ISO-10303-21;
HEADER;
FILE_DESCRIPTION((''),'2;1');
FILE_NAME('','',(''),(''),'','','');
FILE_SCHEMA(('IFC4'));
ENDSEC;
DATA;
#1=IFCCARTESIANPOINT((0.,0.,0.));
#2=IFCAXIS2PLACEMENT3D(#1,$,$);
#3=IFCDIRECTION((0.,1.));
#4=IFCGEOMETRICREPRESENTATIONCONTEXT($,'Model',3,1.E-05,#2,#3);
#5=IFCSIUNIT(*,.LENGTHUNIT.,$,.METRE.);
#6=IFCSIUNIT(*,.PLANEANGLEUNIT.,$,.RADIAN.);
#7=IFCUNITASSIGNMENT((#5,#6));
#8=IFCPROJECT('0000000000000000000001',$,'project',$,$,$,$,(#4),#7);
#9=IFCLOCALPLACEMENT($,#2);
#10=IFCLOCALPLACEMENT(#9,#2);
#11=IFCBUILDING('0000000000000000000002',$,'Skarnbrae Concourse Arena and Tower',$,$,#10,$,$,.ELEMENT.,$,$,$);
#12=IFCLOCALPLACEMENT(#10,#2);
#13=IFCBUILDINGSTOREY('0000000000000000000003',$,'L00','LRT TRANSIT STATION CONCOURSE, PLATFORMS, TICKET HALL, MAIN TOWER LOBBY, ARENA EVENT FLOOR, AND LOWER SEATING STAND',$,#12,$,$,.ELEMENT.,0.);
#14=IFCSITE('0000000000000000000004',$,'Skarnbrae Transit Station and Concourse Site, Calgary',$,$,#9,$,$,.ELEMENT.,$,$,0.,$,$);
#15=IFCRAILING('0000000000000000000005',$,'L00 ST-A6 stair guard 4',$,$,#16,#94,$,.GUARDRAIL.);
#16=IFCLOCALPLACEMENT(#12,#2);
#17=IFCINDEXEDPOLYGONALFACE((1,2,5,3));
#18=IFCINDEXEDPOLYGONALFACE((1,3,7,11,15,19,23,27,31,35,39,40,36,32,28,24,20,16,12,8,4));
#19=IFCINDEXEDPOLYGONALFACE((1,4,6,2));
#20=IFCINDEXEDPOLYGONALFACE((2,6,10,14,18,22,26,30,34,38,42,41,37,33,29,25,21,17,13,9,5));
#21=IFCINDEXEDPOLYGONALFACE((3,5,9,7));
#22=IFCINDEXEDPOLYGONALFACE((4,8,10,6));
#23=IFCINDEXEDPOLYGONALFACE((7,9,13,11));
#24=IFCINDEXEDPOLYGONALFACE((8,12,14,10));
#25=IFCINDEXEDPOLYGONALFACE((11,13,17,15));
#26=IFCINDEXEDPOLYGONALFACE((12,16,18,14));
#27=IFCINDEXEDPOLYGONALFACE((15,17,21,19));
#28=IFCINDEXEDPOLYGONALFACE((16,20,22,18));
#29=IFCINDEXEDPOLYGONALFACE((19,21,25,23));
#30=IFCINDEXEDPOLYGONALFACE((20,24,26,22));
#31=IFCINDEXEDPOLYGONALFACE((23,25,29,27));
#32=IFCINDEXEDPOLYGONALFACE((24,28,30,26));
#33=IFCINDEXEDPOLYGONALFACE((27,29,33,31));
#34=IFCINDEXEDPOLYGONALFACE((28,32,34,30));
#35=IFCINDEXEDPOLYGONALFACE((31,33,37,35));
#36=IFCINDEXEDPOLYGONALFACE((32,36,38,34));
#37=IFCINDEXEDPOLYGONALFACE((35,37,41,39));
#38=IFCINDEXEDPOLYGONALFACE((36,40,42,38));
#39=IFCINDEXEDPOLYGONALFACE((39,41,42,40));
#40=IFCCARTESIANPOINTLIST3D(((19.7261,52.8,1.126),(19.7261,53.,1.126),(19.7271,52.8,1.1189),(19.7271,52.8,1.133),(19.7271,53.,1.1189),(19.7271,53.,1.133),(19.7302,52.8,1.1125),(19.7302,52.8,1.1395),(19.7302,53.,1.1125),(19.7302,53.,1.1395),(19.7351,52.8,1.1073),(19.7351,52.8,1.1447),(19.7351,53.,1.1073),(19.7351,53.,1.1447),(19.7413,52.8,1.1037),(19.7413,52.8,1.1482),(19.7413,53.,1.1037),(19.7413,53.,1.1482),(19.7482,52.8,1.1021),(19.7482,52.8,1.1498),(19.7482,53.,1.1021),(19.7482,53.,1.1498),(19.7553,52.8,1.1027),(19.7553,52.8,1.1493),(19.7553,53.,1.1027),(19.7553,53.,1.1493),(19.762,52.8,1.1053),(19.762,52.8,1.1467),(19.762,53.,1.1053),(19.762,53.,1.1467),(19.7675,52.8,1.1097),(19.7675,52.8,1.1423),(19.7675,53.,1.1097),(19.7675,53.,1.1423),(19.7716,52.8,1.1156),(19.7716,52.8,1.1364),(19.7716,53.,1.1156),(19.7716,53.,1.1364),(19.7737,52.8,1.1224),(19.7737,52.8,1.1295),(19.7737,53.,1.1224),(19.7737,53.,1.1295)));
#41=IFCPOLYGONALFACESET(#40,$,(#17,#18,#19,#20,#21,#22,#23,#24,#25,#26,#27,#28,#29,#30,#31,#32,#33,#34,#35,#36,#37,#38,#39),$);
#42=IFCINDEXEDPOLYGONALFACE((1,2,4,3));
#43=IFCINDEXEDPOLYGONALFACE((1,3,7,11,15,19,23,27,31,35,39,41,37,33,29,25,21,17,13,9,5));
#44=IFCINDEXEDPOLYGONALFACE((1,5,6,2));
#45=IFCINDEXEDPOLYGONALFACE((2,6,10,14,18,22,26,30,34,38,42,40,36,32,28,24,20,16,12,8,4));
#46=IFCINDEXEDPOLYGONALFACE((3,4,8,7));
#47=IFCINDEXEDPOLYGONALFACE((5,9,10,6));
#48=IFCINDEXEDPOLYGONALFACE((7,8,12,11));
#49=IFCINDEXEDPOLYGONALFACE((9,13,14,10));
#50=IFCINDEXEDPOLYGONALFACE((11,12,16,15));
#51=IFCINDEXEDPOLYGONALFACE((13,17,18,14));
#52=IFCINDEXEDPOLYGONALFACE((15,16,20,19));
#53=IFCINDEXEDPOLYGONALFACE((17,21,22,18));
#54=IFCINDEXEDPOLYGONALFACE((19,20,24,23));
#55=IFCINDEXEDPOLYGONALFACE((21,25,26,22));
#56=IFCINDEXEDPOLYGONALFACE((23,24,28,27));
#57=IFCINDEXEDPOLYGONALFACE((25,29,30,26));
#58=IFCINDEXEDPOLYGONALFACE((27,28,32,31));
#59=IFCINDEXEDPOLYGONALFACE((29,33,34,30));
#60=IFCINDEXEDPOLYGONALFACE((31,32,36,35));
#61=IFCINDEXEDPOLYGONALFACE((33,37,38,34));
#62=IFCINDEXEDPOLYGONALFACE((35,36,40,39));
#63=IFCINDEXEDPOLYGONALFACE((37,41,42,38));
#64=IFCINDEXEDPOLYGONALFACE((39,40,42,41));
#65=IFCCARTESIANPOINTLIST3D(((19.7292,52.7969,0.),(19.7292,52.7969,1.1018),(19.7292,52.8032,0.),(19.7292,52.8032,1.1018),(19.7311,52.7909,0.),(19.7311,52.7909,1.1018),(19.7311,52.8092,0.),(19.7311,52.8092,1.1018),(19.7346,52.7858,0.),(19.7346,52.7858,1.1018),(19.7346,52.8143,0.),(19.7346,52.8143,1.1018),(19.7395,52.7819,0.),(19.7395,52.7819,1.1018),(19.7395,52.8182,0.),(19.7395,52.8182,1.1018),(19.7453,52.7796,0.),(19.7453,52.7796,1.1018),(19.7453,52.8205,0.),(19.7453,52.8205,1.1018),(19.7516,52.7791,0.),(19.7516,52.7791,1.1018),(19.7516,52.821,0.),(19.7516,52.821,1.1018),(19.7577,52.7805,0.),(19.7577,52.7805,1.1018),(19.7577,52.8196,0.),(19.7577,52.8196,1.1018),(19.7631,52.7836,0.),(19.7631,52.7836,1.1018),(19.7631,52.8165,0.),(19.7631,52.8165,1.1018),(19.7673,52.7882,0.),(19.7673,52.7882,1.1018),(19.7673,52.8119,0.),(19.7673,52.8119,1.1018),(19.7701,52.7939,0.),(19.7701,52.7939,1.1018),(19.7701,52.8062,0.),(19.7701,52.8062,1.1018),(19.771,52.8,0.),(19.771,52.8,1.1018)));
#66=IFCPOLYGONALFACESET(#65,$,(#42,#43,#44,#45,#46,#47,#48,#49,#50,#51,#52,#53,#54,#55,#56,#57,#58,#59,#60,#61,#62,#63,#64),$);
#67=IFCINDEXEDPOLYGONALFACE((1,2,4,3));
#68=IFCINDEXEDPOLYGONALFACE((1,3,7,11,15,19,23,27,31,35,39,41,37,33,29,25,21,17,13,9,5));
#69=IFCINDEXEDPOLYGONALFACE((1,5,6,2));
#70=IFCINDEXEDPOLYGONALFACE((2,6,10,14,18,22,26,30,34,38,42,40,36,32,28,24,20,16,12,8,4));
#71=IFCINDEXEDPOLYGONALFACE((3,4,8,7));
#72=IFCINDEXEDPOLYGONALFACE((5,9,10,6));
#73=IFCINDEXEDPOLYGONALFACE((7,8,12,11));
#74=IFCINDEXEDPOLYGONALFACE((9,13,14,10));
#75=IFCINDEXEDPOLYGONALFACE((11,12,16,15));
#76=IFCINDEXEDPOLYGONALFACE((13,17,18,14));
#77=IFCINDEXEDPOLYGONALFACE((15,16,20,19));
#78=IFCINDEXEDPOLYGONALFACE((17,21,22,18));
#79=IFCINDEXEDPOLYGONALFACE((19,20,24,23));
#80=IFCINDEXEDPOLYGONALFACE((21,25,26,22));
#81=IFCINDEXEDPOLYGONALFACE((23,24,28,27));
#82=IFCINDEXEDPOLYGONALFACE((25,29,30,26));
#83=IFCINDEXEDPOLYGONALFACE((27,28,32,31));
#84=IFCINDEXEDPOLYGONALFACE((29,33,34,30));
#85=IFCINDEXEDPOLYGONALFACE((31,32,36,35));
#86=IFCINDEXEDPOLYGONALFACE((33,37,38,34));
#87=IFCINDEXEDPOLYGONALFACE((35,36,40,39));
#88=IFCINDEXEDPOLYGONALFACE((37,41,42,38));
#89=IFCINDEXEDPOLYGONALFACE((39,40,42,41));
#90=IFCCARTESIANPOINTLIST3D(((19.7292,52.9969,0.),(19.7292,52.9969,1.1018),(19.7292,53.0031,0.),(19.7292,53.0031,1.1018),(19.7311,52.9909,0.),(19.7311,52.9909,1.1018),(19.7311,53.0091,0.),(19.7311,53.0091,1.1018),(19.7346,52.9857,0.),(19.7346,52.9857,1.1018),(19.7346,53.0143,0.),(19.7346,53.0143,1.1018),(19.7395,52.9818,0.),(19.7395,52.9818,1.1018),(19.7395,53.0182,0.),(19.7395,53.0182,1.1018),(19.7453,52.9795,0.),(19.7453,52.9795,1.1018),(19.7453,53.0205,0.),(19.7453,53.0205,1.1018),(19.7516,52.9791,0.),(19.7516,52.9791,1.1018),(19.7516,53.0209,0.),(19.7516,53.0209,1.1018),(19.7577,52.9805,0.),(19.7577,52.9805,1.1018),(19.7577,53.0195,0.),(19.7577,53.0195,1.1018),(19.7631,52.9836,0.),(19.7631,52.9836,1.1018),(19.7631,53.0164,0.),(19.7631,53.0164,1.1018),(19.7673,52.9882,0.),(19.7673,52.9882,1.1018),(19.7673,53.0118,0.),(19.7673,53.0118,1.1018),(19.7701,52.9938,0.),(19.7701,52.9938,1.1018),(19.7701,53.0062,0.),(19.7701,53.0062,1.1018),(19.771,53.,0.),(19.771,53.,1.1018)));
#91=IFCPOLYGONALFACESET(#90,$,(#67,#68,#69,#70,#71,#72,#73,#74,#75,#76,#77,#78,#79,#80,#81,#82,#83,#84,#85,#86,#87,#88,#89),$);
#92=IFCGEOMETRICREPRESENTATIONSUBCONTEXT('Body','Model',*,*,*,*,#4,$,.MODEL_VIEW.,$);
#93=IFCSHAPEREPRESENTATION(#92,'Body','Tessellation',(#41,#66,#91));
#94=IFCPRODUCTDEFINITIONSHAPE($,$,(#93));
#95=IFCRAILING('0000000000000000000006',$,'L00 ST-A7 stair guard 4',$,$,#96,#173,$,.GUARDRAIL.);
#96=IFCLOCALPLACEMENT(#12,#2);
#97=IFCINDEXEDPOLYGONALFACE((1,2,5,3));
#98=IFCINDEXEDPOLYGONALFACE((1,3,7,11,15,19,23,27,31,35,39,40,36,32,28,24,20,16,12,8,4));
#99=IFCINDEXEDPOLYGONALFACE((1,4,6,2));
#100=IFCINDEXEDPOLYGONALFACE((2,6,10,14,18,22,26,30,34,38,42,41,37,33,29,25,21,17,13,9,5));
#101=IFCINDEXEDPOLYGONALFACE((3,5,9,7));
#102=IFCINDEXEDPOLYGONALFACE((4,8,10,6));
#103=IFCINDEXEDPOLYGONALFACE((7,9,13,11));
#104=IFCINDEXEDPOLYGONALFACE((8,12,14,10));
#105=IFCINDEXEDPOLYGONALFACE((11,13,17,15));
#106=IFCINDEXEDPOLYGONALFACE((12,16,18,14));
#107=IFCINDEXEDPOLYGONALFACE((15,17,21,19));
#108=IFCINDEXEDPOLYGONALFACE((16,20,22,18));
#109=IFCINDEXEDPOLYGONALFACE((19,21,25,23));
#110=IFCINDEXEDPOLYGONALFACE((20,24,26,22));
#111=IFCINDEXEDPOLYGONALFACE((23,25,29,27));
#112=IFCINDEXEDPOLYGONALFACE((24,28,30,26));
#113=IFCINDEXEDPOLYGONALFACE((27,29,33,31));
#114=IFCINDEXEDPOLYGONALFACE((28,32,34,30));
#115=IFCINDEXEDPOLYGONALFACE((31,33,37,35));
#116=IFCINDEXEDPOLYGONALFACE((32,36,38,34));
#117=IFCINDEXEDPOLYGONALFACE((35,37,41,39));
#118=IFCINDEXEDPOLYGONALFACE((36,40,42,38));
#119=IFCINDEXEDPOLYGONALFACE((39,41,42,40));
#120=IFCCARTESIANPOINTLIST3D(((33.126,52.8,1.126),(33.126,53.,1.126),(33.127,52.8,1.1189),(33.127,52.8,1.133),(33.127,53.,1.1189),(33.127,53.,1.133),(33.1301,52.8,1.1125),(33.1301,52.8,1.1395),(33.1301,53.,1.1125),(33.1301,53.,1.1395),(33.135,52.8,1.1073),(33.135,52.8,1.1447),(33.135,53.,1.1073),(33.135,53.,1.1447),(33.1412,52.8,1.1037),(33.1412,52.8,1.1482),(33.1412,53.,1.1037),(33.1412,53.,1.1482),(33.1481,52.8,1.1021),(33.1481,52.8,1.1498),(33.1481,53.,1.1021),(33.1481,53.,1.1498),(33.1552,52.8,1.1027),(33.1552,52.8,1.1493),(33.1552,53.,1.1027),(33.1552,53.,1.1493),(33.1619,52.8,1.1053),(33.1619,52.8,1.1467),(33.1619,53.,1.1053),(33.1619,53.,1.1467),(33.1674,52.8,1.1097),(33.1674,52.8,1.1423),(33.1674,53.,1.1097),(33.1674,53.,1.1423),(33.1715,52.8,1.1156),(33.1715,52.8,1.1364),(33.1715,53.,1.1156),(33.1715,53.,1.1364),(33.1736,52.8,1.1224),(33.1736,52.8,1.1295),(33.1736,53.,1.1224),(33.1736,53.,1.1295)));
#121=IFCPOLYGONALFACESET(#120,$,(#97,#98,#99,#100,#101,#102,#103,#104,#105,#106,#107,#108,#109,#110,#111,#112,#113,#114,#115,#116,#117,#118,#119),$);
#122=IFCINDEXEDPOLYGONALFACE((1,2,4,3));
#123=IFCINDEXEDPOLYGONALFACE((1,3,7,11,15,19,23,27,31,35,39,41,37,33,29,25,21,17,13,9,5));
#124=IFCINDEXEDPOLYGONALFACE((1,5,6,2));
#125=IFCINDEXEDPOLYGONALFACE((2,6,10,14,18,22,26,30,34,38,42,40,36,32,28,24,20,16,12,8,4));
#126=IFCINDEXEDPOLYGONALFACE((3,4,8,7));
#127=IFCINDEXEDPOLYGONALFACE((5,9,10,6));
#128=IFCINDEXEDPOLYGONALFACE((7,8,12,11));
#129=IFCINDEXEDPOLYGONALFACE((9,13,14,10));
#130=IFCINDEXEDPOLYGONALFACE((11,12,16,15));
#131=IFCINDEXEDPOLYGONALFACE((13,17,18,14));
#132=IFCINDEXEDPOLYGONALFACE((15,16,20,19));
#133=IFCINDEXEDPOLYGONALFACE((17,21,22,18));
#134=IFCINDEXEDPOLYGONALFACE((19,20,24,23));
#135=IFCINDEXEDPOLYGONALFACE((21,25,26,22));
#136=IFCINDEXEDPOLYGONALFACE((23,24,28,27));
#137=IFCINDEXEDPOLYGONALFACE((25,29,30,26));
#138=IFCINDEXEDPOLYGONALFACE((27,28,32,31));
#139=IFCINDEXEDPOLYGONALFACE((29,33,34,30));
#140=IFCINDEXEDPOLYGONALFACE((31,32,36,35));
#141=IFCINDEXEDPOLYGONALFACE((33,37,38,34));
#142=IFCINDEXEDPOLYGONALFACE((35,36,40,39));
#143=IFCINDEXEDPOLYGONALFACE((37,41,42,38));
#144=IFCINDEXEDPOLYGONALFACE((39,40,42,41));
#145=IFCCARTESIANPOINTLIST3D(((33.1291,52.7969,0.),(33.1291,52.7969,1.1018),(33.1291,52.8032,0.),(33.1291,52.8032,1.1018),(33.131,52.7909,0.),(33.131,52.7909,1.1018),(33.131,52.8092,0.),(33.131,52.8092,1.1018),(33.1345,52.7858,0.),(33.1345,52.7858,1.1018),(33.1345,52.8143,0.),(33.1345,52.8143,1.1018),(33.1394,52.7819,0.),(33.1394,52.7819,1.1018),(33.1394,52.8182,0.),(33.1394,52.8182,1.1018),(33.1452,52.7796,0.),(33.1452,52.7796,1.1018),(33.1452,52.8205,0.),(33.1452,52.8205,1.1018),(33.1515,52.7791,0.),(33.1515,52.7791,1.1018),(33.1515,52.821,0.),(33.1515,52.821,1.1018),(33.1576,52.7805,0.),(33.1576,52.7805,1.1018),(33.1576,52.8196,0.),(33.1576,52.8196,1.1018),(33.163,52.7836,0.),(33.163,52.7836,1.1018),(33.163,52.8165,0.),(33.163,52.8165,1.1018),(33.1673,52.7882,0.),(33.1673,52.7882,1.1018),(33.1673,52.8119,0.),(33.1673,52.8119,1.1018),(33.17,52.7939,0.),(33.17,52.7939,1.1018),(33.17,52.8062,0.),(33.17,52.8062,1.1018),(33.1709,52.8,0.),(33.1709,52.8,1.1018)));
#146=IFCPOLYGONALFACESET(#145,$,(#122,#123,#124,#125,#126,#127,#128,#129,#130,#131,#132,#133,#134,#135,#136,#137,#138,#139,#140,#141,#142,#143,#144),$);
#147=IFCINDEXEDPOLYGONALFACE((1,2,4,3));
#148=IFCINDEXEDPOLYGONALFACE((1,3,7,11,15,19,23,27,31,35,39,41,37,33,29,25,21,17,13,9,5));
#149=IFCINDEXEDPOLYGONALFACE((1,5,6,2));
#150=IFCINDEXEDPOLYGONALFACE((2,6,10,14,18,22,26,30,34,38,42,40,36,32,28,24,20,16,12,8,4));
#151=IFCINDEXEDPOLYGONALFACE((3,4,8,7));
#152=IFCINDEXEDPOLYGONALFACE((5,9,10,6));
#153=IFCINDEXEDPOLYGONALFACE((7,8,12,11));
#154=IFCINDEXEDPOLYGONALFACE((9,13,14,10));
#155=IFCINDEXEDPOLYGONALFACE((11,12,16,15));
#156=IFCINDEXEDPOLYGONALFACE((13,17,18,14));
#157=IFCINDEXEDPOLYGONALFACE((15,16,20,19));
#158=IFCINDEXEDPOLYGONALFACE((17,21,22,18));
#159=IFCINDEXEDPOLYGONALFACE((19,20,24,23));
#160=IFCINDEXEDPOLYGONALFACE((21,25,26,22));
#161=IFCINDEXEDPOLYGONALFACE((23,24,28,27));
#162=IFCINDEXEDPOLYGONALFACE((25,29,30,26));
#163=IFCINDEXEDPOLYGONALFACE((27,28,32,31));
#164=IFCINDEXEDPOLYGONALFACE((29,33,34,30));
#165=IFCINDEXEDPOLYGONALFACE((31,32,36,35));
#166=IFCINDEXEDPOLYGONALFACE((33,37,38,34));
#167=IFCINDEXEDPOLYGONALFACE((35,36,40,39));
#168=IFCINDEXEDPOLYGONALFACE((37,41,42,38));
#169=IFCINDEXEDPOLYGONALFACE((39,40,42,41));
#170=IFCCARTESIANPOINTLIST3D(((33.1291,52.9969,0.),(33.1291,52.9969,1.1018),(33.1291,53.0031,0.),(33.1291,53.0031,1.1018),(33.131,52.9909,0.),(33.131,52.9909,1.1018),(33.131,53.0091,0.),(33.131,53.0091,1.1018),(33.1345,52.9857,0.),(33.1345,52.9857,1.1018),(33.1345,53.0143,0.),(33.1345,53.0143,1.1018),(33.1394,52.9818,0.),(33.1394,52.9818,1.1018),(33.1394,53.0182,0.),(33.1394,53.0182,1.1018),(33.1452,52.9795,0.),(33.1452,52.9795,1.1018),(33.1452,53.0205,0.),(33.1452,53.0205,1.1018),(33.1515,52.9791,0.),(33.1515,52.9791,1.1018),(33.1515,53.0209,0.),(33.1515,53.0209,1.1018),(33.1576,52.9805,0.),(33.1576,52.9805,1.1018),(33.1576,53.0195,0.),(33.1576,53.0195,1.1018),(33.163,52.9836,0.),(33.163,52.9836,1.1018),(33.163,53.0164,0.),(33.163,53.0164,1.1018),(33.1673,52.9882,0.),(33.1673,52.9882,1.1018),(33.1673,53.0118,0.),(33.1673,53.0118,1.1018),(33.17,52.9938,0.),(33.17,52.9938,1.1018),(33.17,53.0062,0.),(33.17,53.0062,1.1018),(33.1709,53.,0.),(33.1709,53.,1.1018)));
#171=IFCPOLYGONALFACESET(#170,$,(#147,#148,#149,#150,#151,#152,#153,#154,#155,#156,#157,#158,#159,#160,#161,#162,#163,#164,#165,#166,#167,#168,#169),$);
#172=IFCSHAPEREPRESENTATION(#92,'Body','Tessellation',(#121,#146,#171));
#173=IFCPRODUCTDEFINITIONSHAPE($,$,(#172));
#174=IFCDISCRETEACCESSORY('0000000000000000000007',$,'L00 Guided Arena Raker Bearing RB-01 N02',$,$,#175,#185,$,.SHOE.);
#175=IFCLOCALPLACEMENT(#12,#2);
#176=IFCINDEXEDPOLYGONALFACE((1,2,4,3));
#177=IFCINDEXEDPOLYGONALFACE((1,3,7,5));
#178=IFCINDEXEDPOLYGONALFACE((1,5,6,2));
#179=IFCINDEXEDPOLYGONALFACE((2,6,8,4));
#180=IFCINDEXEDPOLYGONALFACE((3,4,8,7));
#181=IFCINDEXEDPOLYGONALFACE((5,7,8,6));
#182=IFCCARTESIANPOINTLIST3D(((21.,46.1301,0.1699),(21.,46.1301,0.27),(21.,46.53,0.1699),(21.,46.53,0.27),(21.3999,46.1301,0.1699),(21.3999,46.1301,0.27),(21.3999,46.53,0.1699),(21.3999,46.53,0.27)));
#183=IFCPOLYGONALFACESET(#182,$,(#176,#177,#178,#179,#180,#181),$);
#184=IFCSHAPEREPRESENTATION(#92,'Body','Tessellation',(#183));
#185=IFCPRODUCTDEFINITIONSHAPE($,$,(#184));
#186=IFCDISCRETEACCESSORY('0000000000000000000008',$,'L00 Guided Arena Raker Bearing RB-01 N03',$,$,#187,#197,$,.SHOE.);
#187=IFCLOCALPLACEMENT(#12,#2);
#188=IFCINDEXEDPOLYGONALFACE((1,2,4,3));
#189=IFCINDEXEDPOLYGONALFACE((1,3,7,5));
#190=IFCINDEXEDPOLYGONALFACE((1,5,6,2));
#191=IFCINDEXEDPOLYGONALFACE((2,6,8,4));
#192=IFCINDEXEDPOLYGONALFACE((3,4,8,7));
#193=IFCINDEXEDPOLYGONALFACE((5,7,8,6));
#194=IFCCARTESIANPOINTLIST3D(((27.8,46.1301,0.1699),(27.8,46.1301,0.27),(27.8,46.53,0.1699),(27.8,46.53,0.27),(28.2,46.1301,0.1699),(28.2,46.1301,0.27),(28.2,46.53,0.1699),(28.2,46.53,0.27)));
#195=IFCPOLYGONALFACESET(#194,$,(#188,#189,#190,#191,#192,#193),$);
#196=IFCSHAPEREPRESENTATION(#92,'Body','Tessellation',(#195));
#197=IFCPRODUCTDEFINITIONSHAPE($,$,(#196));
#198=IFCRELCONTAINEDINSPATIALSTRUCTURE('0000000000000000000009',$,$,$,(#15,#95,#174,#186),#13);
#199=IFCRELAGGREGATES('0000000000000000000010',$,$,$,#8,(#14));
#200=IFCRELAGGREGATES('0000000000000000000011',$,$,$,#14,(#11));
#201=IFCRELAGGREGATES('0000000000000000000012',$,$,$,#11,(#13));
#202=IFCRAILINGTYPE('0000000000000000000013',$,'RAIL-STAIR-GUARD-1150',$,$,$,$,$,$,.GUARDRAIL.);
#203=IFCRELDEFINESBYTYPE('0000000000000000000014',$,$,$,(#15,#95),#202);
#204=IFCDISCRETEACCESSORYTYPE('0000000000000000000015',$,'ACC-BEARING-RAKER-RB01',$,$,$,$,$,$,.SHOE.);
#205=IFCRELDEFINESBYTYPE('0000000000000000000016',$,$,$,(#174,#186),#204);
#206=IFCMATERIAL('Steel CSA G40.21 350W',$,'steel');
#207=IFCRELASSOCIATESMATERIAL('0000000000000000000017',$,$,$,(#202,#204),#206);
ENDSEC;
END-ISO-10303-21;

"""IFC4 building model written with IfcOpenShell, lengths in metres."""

from ifc_helpers import new_model, si_unit, direction, frame, origin, origin_2d, place, context, subcontext, project, spatial, rectangle, circle, extrude, source, transform, mapped, material, type_object, element, save


model = new_model("IFC4")

# Units and contexts
model_context = context("Model", 3, precision=1e-05, world=origin(), true_north=direction((0.0, 1.0)))
body_context = subcontext(model_context, "Body", "Model", "MODEL_VIEW")
ifc_project = project(units=[si_unit("LENGTHUNIT", "METRE"), si_unit("PLANEANGLEUNIT", "RADIAN")], contexts=[model_context])

# Site, building, storey
site_placement = place(None, origin())
site = spatial("IfcSite", under=ifc_project, at=site_placement, Name="Skarnbrae Transit Station and Concourse Site, Calgary", CompositionType="ELEMENT", RefElevation=0.0)
building_placement = place(site_placement, origin())
building = spatial("IfcBuilding", under=site, at=building_placement, Name="Skarnbrae Concourse Arena and Tower", CompositionType="ELEMENT")
storey_placement = place(building_placement, origin())
storey = spatial("IfcBuildingStorey", under=building, at=storey_placement, Name="L00", Description="LRT TRANSIT STATION CONCOURSE, PLATFORMS, TICKET HALL, MAIN TOWER LOBBY, ARENA EVENT FLOOR, AND LOWER SEATING STAND", CompositionType="ELEMENT", Elevation=0.0)

# Shared definitions
ifc_material_1 = material(Name="Steel CSA G40.21 350W", Category="steel")

# Railings
railing_type_1 = type_object("IfcRailingType", Name="RAIL-STAIR-GUARD-1150", PredefinedType="GUARDRAIL", material=ifc_material_1)
for number, where, name in (
    (1, (19.75, 52.8, 0.0), "L00 ST-A6 stair guard 4"),
    (2, (33.1499, 52.8, 0.0), "L00 ST-A7 stair guard 4"),
):
    element("IfcRailing", number, at=place(storey_placement, frame(where)), inside=storey, type_object=railing_type_1, Name=name, PredefinedType="GUARDRAIL", context=body_context, shape_type="SweptSolid", body=[
        extrude(circle(Radius=0.0239, at=origin_2d()), frame((0.0, 0.0, 1.126), z_axis=(0.0, 1.0, 0.0), x_axis=(-1.0, 0.0, 0.0)), (0.0, 0.0, 1.0), 0.2),
        extrude(circle(Radius=0.021, at=origin_2d()), origin(), (0.0, 0.0, 1.0), 1.1018),
        extrude(circle(Radius=0.021, at=origin_2d()), frame((0.0, 0.2, 0.0)), (0.0, 0.0, 1.0), 1.1018),
    ])

# Discrete accessories
discrete_accessory_type = type_object("IfcDiscreteAccessoryType", Name="ACC-BEARING-RAKER-RB01", PredefinedType="SHOE", material=ifc_material_1)
shared_shape_1 = source(origin(), body_context, "Body", "SweptSolid", [
    extrude(rectangle(XDim=0.3999, YDim=0.3999, at=origin_2d()), origin(), (0.0, 0.0, 1.0), 0.1001),
])
for number, where, z_axis, x_axis, name in (
    (3, (21.2, 46.3301, 0.1699), (0.0, 0.0, 1.0), (1.0, 0.0, 0.0), "L00 Guided Arena Raker Bearing RB-01 N02"),
    (4, (28.0, 46.3301, 0.1699), (0.0, 0.0, 1.0), (1.0, 0.0, 0.0), "L00 Guided Arena Raker Bearing RB-01 N03"),
):
    element("IfcDiscreteAccessory", number, at=place(storey_placement, frame(where, z_axis=z_axis, x_axis=x_axis)), inside=storey, type_object=discrete_accessory_type, Name=name, PredefinedType="SHOE", context=body_context, shape_type="MappedRepresentation", body=[
        mapped(shared_shape_1, transform((0.0, 0.0, 0.0))),
    ])

save(model, "model.ifc")
